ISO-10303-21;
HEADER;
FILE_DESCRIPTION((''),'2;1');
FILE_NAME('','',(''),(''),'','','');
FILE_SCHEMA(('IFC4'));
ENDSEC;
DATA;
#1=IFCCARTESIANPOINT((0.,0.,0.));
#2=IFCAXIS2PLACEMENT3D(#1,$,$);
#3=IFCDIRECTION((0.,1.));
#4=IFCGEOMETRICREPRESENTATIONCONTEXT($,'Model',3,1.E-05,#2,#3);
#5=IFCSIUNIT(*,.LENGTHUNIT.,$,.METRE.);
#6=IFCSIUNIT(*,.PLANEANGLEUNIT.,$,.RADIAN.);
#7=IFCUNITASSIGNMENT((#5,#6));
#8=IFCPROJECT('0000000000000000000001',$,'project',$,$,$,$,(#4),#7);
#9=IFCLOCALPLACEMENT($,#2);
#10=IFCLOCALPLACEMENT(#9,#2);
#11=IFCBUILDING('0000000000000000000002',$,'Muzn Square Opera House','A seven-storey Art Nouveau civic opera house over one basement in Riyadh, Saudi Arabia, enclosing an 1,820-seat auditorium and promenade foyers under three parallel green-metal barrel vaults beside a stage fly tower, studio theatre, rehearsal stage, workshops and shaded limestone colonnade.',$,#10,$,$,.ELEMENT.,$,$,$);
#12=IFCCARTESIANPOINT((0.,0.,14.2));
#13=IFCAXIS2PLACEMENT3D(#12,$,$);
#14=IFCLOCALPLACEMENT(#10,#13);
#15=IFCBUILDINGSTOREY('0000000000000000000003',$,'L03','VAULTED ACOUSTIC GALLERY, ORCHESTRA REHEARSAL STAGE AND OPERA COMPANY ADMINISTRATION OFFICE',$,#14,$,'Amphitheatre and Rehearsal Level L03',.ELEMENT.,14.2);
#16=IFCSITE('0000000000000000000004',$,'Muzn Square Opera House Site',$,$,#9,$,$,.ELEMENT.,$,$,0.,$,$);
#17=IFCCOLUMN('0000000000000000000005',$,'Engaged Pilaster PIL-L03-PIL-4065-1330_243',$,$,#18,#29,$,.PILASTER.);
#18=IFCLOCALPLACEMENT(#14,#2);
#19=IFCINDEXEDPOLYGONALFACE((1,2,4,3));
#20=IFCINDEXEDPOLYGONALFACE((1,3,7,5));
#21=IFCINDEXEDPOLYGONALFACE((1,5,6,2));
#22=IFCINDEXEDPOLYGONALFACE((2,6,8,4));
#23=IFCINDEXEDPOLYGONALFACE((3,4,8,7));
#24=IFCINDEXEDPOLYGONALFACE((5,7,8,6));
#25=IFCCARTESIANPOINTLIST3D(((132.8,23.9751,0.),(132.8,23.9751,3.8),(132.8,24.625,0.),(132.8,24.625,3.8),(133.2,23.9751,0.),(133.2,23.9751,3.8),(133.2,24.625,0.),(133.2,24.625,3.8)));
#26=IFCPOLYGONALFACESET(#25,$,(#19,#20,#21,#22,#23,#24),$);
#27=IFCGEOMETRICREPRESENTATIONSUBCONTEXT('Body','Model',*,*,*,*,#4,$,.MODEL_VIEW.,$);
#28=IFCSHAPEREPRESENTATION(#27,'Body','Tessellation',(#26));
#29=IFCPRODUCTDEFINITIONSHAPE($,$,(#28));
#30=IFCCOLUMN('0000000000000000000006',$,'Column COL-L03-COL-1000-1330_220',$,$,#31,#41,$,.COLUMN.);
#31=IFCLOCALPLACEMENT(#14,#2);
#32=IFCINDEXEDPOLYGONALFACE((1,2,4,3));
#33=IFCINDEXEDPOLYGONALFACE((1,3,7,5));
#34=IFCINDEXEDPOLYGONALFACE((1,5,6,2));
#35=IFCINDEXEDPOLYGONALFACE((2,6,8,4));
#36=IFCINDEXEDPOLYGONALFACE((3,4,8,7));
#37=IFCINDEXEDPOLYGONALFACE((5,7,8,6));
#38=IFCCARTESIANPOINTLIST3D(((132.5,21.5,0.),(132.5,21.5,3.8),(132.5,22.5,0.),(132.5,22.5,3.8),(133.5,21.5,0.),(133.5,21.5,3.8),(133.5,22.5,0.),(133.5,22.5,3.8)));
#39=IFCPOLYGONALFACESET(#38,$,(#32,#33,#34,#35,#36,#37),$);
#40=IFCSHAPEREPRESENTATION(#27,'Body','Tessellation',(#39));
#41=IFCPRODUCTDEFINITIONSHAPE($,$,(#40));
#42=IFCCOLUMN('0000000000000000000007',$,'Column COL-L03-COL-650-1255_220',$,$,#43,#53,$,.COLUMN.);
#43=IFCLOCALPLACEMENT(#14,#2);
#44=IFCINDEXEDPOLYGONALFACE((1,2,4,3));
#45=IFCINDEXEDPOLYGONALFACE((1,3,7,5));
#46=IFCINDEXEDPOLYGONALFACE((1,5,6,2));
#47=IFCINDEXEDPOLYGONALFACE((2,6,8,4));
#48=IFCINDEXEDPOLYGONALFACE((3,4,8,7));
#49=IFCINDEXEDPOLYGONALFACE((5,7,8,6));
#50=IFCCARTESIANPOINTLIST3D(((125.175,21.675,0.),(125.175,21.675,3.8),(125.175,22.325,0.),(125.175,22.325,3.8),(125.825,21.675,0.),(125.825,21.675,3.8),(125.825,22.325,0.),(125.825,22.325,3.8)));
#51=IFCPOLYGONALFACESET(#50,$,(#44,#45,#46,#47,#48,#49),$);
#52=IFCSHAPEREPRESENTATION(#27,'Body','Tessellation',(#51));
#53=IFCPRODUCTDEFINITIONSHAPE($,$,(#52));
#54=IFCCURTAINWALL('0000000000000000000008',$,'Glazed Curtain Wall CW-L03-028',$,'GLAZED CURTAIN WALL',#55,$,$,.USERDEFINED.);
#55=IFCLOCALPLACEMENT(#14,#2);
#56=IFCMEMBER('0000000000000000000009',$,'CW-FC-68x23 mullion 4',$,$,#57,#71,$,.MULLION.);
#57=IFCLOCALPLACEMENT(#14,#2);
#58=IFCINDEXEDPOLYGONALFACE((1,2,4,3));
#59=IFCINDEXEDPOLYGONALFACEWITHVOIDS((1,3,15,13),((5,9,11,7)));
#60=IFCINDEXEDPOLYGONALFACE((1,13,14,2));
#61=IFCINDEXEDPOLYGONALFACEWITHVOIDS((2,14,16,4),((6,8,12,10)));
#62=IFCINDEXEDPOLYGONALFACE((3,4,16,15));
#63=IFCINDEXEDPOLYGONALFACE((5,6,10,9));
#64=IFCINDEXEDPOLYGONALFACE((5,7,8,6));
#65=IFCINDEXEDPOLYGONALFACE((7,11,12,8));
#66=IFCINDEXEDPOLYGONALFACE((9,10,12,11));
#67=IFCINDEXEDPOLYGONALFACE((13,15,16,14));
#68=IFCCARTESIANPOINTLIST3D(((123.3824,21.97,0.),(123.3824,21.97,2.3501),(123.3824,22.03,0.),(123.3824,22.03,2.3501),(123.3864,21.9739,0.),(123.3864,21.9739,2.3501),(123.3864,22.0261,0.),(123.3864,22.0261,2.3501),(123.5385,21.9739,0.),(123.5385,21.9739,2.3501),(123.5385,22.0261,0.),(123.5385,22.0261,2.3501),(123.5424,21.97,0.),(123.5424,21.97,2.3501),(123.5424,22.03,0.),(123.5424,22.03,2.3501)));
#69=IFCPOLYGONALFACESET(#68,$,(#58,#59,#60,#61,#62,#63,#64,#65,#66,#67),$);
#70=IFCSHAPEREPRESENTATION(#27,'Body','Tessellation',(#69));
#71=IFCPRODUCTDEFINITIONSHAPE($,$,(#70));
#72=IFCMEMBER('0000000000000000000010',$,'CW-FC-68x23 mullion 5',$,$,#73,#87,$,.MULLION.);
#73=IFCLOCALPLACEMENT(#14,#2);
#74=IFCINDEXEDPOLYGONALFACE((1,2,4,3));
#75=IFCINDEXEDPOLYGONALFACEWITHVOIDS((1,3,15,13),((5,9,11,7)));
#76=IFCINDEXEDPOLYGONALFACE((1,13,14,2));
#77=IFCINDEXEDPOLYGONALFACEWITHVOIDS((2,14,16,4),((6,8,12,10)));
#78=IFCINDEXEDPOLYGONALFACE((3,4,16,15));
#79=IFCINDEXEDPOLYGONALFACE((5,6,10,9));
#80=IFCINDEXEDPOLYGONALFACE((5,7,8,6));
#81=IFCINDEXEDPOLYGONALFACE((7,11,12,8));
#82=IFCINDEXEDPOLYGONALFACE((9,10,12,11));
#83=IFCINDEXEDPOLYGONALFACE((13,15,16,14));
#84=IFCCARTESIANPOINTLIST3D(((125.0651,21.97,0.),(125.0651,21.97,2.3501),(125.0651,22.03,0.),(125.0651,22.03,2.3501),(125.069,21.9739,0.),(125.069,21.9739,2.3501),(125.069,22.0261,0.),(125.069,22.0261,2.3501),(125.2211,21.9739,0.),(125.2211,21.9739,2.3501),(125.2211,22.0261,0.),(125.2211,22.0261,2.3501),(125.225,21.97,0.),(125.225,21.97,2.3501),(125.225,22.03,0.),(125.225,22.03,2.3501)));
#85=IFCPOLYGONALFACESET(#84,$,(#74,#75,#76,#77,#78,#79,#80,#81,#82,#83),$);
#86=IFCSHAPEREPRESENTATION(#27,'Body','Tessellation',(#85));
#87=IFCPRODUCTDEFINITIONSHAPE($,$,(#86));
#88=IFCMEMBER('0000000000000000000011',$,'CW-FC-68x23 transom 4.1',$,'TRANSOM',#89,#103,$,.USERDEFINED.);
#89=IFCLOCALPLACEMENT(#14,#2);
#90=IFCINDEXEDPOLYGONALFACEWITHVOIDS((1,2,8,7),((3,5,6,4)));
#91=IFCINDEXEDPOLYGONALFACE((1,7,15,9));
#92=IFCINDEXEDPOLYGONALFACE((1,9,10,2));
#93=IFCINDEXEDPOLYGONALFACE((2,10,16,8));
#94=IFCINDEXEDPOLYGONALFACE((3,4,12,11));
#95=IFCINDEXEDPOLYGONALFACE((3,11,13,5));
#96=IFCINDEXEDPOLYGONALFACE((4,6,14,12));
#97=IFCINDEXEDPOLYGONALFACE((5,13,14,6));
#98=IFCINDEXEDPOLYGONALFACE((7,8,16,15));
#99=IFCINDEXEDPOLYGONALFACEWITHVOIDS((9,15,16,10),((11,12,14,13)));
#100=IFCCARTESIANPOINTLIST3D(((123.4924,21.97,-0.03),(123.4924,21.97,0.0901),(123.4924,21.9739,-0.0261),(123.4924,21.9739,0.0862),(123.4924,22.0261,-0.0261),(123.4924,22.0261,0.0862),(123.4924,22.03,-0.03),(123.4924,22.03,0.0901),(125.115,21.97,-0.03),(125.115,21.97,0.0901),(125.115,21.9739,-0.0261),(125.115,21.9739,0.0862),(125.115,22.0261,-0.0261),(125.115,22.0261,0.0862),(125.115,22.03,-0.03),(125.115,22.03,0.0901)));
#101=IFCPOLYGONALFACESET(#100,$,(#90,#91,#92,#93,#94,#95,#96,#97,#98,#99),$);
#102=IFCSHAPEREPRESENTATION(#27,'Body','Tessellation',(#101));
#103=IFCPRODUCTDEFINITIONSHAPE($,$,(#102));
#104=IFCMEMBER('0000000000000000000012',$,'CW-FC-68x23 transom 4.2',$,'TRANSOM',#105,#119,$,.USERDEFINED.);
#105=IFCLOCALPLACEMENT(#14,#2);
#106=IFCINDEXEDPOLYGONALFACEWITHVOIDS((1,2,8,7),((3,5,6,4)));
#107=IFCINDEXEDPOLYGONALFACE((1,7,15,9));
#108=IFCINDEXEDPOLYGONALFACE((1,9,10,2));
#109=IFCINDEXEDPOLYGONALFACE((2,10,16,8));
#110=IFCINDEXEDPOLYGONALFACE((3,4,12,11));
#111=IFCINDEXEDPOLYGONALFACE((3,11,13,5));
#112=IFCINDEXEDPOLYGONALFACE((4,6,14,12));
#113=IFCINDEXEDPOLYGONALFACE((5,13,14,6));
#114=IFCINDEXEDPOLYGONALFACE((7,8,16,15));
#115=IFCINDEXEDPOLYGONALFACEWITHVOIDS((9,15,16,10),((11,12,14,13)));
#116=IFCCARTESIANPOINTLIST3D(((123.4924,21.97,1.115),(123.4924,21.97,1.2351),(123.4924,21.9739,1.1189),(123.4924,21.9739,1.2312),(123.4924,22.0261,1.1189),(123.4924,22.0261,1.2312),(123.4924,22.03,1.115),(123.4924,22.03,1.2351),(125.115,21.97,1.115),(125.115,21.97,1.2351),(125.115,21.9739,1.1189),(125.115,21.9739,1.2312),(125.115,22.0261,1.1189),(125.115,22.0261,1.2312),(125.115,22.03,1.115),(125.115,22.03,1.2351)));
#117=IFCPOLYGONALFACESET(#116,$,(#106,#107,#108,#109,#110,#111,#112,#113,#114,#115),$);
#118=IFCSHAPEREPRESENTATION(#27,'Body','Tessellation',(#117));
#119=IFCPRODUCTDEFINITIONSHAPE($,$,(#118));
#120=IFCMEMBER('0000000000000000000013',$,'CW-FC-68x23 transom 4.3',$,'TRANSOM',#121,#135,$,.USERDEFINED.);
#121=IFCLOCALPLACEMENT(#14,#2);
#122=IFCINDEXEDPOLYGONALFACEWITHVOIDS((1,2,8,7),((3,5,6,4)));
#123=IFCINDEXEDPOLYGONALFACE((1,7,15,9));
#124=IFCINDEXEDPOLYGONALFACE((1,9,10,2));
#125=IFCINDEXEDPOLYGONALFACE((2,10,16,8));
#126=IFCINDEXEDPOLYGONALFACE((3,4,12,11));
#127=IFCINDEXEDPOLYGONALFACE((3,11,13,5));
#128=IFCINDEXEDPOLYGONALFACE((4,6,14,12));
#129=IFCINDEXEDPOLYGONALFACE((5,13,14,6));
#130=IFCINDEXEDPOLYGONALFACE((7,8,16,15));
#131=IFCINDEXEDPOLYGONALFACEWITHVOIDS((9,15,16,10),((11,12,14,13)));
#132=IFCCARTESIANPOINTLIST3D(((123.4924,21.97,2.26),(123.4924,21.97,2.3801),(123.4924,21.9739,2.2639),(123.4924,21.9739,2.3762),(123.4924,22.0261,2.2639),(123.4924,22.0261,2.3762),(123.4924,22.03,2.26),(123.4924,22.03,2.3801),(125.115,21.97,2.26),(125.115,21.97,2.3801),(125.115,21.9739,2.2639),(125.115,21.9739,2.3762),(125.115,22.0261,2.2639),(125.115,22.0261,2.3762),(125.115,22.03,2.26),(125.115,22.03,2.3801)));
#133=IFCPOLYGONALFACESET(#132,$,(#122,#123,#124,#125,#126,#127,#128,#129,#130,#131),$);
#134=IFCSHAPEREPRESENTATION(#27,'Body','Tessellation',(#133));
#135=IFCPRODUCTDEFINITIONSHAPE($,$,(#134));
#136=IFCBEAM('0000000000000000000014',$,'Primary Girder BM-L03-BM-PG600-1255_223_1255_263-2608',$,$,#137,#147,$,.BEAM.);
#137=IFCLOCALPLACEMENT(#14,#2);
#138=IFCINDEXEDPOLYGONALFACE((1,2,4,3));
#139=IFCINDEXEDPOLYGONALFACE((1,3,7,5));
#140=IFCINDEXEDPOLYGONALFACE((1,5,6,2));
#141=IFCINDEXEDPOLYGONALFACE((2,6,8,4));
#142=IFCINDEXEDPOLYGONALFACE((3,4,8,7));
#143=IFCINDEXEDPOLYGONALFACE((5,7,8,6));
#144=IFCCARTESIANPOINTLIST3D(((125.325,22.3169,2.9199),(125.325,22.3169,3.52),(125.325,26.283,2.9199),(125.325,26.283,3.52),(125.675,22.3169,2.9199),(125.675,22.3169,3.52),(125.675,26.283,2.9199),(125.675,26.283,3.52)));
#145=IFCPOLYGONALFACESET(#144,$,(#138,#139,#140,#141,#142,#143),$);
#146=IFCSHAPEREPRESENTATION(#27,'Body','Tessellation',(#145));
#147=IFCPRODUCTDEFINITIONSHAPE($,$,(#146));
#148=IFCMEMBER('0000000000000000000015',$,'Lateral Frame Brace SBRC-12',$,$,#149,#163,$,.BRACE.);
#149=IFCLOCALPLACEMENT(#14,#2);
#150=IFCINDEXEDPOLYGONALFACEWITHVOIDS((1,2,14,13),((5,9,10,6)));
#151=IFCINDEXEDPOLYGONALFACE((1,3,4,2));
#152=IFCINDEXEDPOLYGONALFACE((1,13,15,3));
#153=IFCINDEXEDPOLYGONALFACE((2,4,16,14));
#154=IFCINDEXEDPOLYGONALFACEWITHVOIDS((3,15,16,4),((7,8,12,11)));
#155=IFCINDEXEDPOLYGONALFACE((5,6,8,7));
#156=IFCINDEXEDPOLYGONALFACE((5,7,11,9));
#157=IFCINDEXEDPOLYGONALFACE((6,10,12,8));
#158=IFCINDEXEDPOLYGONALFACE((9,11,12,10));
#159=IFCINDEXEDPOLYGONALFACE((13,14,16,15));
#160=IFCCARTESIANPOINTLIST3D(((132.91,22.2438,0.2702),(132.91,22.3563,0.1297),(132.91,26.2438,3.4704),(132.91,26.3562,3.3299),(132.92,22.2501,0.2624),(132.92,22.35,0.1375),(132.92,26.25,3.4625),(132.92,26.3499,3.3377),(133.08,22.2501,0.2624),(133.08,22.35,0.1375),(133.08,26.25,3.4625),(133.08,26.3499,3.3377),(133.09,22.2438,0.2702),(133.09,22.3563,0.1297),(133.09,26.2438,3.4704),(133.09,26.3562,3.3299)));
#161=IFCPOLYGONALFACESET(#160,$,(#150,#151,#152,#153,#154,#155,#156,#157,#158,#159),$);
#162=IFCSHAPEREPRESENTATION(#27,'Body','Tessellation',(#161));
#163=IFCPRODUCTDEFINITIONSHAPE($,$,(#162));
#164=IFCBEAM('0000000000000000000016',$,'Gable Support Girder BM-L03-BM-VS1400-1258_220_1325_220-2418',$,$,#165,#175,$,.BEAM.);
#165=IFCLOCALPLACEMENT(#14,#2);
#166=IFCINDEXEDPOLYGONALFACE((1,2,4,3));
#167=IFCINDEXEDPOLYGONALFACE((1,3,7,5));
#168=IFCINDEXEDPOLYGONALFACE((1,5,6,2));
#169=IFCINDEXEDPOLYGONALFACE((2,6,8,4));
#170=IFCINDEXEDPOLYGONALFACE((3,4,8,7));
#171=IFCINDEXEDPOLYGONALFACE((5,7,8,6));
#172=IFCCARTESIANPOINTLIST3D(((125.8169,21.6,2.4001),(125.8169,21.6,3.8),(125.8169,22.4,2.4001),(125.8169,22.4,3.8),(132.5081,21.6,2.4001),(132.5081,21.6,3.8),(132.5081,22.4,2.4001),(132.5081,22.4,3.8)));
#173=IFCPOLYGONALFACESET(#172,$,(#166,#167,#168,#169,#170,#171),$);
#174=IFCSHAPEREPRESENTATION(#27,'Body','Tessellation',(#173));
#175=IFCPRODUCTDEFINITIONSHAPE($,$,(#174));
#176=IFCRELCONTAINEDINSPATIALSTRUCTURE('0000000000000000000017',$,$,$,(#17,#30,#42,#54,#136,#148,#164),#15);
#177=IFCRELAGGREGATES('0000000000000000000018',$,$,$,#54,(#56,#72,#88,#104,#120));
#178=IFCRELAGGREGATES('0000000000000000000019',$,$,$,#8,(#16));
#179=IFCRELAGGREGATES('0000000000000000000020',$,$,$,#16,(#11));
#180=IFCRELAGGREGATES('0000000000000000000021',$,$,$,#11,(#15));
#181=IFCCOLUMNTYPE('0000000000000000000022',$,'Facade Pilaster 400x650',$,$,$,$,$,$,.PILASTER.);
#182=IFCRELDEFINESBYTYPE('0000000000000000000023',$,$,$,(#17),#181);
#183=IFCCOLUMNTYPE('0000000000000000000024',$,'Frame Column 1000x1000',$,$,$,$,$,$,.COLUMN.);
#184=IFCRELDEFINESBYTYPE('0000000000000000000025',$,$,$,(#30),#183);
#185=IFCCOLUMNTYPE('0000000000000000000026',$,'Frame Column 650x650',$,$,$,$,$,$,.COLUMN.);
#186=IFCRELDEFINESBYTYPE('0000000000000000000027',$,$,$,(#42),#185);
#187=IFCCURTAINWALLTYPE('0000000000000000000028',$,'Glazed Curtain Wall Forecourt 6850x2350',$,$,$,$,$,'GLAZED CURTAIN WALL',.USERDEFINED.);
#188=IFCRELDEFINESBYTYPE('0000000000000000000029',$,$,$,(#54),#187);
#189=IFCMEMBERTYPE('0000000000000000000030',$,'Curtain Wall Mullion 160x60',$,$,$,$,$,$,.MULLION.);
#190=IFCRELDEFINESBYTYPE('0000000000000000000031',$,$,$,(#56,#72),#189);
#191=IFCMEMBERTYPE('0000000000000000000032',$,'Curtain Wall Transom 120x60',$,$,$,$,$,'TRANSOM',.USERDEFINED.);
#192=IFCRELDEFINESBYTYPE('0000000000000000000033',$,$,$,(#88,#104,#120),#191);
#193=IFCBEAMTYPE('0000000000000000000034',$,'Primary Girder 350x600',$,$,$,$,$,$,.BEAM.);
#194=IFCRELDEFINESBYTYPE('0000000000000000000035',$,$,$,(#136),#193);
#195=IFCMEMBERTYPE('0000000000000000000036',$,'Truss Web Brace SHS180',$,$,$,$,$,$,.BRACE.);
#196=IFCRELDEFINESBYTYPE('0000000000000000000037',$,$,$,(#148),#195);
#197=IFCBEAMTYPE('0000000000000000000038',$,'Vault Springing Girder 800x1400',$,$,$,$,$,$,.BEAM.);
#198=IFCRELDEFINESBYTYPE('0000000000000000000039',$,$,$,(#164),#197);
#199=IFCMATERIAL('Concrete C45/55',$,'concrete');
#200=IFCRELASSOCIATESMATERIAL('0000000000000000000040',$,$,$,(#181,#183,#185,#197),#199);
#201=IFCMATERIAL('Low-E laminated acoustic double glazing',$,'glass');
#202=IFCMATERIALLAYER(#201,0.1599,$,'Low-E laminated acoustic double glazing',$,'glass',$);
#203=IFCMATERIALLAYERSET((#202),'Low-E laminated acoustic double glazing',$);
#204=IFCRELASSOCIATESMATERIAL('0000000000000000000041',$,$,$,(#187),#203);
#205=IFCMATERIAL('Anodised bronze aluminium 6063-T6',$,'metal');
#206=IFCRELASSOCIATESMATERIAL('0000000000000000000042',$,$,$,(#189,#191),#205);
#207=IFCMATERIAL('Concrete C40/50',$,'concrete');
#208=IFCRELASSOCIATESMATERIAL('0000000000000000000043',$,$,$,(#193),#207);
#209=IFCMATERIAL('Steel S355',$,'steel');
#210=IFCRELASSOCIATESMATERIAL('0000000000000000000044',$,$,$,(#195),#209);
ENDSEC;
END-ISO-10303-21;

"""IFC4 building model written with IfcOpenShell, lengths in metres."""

from ifc_helpers import new_model, si_unit, direction, frame, origin, origin_2d, place, context, subcontext, project, spatial, rectangle, hollow_rectangle, extrude, material, layer, layer_set, material_profile, profile_set, type_object, element, aggregate, save


model = new_model("IFC4")

# Units and contexts
model_context = context("Model", 3, precision=1e-05, world=origin(), true_north=direction((0.0, 1.0)))
body_context = subcontext(model_context, "Body", "Model", "MODEL_VIEW")
ifc_project = project(units=[si_unit("LENGTHUNIT", "METRE"), si_unit("PLANEANGLEUNIT", "RADIAN")], contexts=[model_context])

# Site, building, storey
site_placement = place(None, origin())
site = spatial("IfcSite", under=ifc_project, at=site_placement, Name="Muzn Square Opera House Site", CompositionType="ELEMENT", RefElevation=0.0)
building_placement = place(site_placement, origin())
building = spatial("IfcBuilding", under=site, at=building_placement, Name="Muzn Square Opera House", Description="A seven-storey Art Nouveau civic opera house over one basement in Riyadh, Saudi Arabia, enclosing an 1,820-seat auditorium and promenade foyers under three parallel green-metal barrel vaults beside a stage fly tower, studio theatre, rehearsal stage, workshops and shaded limestone colonnade.", CompositionType="ELEMENT")
storey_placement = place(building_placement, frame((0.0, 0.0, 14.2)))
storey = spatial("IfcBuildingStorey", under=building, at=storey_placement, Name="L03", Description="VAULTED ACOUSTIC GALLERY, ORCHESTRA REHEARSAL STAGE AND OPERA COMPANY ADMINISTRATION OFFICE", LongName="Amphitheatre and Rehearsal Level L03", CompositionType="ELEMENT", Elevation=14.2)

# Columns
ifc_material_1 = material(Name="Concrete C45/55", Category="concrete")
ifc_material_profile_1 = material_profile(ifc_material_1, rectangle(XDim=0.3999, YDim=0.6499, at=origin_2d()), Name="RC 400x650", Category="concrete")
ifc_profile_set_1 = profile_set([ifc_material_profile_1], Name="Concrete C45/55")
column_type_1 = type_object("IfcColumnType", Name="Facade Pilaster 400x650", PredefinedType="PILASTER", material=ifc_profile_set_1)
column_1_placement = place(storey_placement, frame((133.0, 24.3, 0.0), z_axis=(0.0, 0.0, 1.0), x_axis=(1.0, 0.0, 0.0)))
element("IfcColumn", 1, at=column_1_placement, inside=storey, type_object=column_type_1, Name="Engaged Pilaster PIL-L03-PIL-4065-1330_243", PredefinedType="PILASTER", context=body_context, shape_type="SweptSolid", body=[
    extrude(rectangle(XDim=0.3999, YDim=0.6499, at=origin_2d()), origin(), (0.0, 0.0, 1.0), 3.8),
])
ifc_material_profile_2 = material_profile(ifc_material_1, rectangle(XDim=1.0, YDim=1.0, at=origin_2d()), Name="RC 1000x1000", Category="concrete")
ifc_profile_set_2 = profile_set([ifc_material_profile_2], Name="Concrete C45/55")
column_type_2 = type_object("IfcColumnType", Name="Frame Column 1000x1000", PredefinedType="COLUMN", material=ifc_profile_set_2)
column_2_placement = place(storey_placement, frame((133.0, 22.0, 0.0), z_axis=(0.0, 0.0, 1.0), x_axis=(1.0, 0.0, 0.0)))
element("IfcColumn", 2, at=column_2_placement, inside=storey, type_object=column_type_2, Name="Column COL-L03-COL-1000-1330_220", PredefinedType="COLUMN", context=body_context, shape_type="SweptSolid", body=[
    extrude(rectangle(XDim=1.0, YDim=1.0, at=origin_2d()), origin(), (0.0, 0.0, 1.0), 3.8),
])
ifc_material_profile_3 = material_profile(ifc_material_1, rectangle(XDim=0.6499, YDim=0.6499, at=origin_2d()), Name="RC 650x650", Category="concrete")
ifc_profile_set_3 = profile_set([ifc_material_profile_3], Name="Concrete C45/55")
column_type_3 = type_object("IfcColumnType", Name="Frame Column 650x650", PredefinedType="COLUMN", material=ifc_profile_set_3)
column_3_placement = place(storey_placement, frame((125.5, 22.0, 0.0), z_axis=(0.0, 0.0, 1.0), x_axis=(1.0, 0.0, 0.0)))
element("IfcColumn", 3, at=column_3_placement, inside=storey, type_object=column_type_3, Name="Column COL-L03-COL-650-1255_220", PredefinedType="COLUMN", context=body_context, shape_type="SweptSolid", body=[
    extrude(rectangle(XDim=0.6499, YDim=0.6499, at=origin_2d()), origin(), (0.0, 0.0, 1.0), 3.8),
])

# Curtain wall, members
ifc_material_2 = material(Name="Low-E laminated acoustic double glazing", Category="glass")
ifc_layer_1 = layer(ifc_material_2, 0.1599, Name="Low-E laminated acoustic double glazing", Category="glass")
ifc_layer_set_1 = layer_set([ifc_layer_1], Name="Low-E laminated acoustic double glazing")
curtain_wall_type = type_object("IfcCurtainWallType", Name="Glazed Curtain Wall Forecourt 6850x2350", ElementType="GLAZED CURTAIN WALL", PredefinedType="USERDEFINED", material=ifc_layer_set_1)
curtain_wall_placement = place(storey_placement, origin())
curtain_wall = element("IfcCurtainWall", 4, at=curtain_wall_placement, inside=storey, type_object=curtain_wall_type, Name="Glazed Curtain Wall CW-L03-028", ObjectType="GLAZED CURTAIN WALL", PredefinedType="USERDEFINED")
ifc_material_3 = material(Name="Anodised bronze aluminium 6063-T6", Category="metal")
ifc_material_profile_4 = material_profile(ifc_material_3, hollow_rectangle(XDim=0.0601, YDim=0.1599, WallThickness=0.0039, at=origin_2d()), Name="ALU 160x60x4", Category="metal")
ifc_profile_set_4 = profile_set([ifc_material_profile_4], Name="Anodised bronze aluminium 6063-T6")
member_type_1 = type_object("IfcMemberType", Name="Curtain Wall Mullion 160x60", PredefinedType="MULLION", material=ifc_profile_set_4)
member_1_placement = place(storey_placement, frame((123.4624, 22.0, 0.0), z_axis=(0.0, 0.0, 1.0), x_axis=(0.0, 1.0, 0.0)))
member_1 = element("IfcMember", 5, at=member_1_placement, type_object=member_type_1, Name="CW-FC-68x23 mullion 4", PredefinedType="MULLION", context=body_context, shape_type="SweptSolid", body=[
    extrude(hollow_rectangle(XDim=0.0601, YDim=0.1599, WallThickness=0.0039, at=origin_2d()), origin(), (0.0, 0.0, 1.0), 2.3501),
])
member_2_placement = place(storey_placement, frame((125.145, 22.0, 0.0), z_axis=(0.0, 0.0, 1.0), x_axis=(0.0, 1.0, 0.0)))
member_2 = element("IfcMember", 6, at=member_2_placement, type_object=member_type_1, Name="CW-FC-68x23 mullion 5", PredefinedType="MULLION", context=body_context, shape_type="SweptSolid", body=[
    extrude(hollow_rectangle(XDim=0.0601, YDim=0.1599, WallThickness=0.0039, at=origin_2d()), origin(), (0.0, 0.0, 1.0), 2.3501),
])
ifc_material_profile_5 = material_profile(ifc_material_3, hollow_rectangle(XDim=0.0601, YDim=0.1201, WallThickness=0.0039, at=origin_2d()), Name="ALU 120x60x4", Category="metal")
ifc_profile_set_5 = profile_set([ifc_material_profile_5], Name="Anodised bronze aluminium 6063-T6")
member_type_2 = type_object("IfcMemberType", Name="Curtain Wall Transom 120x60", ElementType="TRANSOM", PredefinedType="USERDEFINED", material=ifc_profile_set_5)
member_3_placement = place(storey_placement, frame((123.4924, 22.0, 0.03), z_axis=(1.0, 0.0, 0.0), x_axis=(0.0, 1.0, 0.0)))
member_3 = element("IfcMember", 7, at=member_3_placement, type_object=member_type_2, Name="CW-FC-68x23 transom 4.1", ObjectType="TRANSOM", PredefinedType="USERDEFINED", context=body_context, shape_type="SweptSolid", body=[
    extrude(hollow_rectangle(XDim=0.0601, YDim=0.1201, WallThickness=0.0039, at=origin_2d()), origin(), (0.0, 0.0, 1.0), 1.6226),
])
member_4_placement = place(storey_placement, frame((123.4924, 22.0, 1.175), z_axis=(1.0, 0.0, 0.0), x_axis=(0.0, 1.0, 0.0)))
member_4 = element("IfcMember", 8, at=member_4_placement, type_object=member_type_2, Name="CW-FC-68x23 transom 4.2", ObjectType="TRANSOM", PredefinedType="USERDEFINED", context=body_context, shape_type="SweptSolid", body=[
    extrude(hollow_rectangle(XDim=0.0601, YDim=0.1201, WallThickness=0.0039, at=origin_2d()), origin(), (0.0, 0.0, 1.0), 1.6226),
])
member_5_placement = place(storey_placement, frame((123.4924, 22.0, 2.3201), z_axis=(1.0, 0.0, 0.0), x_axis=(0.0, 1.0, 0.0)))
member_5 = element("IfcMember", 9, at=member_5_placement, type_object=member_type_2, Name="CW-FC-68x23 transom 4.3", ObjectType="TRANSOM", PredefinedType="USERDEFINED", context=body_context, shape_type="SweptSolid", body=[
    extrude(hollow_rectangle(XDim=0.0601, YDim=0.1201, WallThickness=0.0039, at=origin_2d()), origin(), (0.0, 0.0, 1.0), 1.6226),
])

# Beam
ifc_material_4 = material(Name="Concrete C40/50", Category="concrete")
ifc_material_profile_6 = material_profile(ifc_material_4, rectangle(XDim=0.3501, YDim=0.6001, at=origin_2d()), Name="RCB 350x600", Category="concrete")
ifc_profile_set_6 = profile_set([ifc_material_profile_6], Name="Concrete C40/50")
beam_type_1 = type_object("IfcBeamType", Name="Primary Girder 350x600", PredefinedType="BEAM", material=ifc_profile_set_6)
beam_1_placement = place(storey_placement, frame((125.5, 22.3169, 3.22), z_axis=(0.0, 1.0, 0.0), x_axis=(-1.0, 0.0, 0.0)))
element("IfcBeam", 10, at=beam_1_placement, inside=storey, type_object=beam_type_1, Name="Primary Girder BM-L03-BM-PG600-1255_223_1255_263-2608", PredefinedType="BEAM", context=body_context, shape_type="SweptSolid", body=[
    extrude(rectangle(XDim=0.3501, YDim=0.6001, at=origin_2d()), origin(), (0.0, 0.0, 1.0), 3.9661),
])

# Member
ifc_material_5 = material(Name="Steel S355", Category="steel")
ifc_material_profile_7 = material_profile(ifc_material_5, hollow_rectangle(XDim=0.1799, YDim=0.1799, WallThickness=0.01, at=origin_2d()), Name="SHS 180x180x10", Category="steel")
ifc_profile_set_7 = profile_set([ifc_material_profile_7], Name="Steel S355")
member_type_3 = type_object("IfcMemberType", Name="Truss Web Brace SHS180", PredefinedType="BRACE", material=ifc_profile_set_7)
member_6_placement = place(storey_placement, frame((133.0, 22.3, 0.2), z_axis=(0.0, 0.78085, 0.624718), x_axis=(-1.0, 0.0, 0.0)))
element("IfcMember", 11, at=member_6_placement, inside=storey, type_object=member_type_3, Name="Lateral Frame Brace SBRC-12", PredefinedType="BRACE", context=body_context, shape_type="SweptSolid", body=[
    extrude(hollow_rectangle(XDim=0.1799, YDim=0.1799, WallThickness=0.01, at=origin_2d()), origin(), (0.0, 0.0, 1.0), 5.1226),
])

# Beam
ifc_material_profile_8 = material_profile(ifc_material_1, rectangle(XDim=0.8, YDim=1.3999, at=origin_2d()), Name="RCB 800x1400", Category="concrete")
ifc_profile_set_8 = profile_set([ifc_material_profile_8], Name="Concrete C45/55")
beam_type_2 = type_object("IfcBeamType", Name="Vault Springing Girder 800x1400", PredefinedType="BEAM", material=ifc_profile_set_8)
beam_2_placement = place(storey_placement, frame((125.8169, 22.0, 3.1001), z_axis=(1.0, 0.0, 0.0), x_axis=(0.0, 1.0, 0.0)))
element("IfcBeam", 12, at=beam_2_placement, inside=storey, type_object=beam_type_2, Name="Gable Support Girder BM-L03-BM-VS1400-1258_220_1325_220-2418", PredefinedType="BEAM", context=body_context, shape_type="SweptSolid", body=[
    extrude(rectangle(XDim=0.8, YDim=1.3999, at=origin_2d()), origin(), (0.0, 0.0, 1.0), 6.6912),
])

aggregate(curtain_wall, [member_1, member_2, member_3, member_4, member_5])

save(model, "model.ifc")
